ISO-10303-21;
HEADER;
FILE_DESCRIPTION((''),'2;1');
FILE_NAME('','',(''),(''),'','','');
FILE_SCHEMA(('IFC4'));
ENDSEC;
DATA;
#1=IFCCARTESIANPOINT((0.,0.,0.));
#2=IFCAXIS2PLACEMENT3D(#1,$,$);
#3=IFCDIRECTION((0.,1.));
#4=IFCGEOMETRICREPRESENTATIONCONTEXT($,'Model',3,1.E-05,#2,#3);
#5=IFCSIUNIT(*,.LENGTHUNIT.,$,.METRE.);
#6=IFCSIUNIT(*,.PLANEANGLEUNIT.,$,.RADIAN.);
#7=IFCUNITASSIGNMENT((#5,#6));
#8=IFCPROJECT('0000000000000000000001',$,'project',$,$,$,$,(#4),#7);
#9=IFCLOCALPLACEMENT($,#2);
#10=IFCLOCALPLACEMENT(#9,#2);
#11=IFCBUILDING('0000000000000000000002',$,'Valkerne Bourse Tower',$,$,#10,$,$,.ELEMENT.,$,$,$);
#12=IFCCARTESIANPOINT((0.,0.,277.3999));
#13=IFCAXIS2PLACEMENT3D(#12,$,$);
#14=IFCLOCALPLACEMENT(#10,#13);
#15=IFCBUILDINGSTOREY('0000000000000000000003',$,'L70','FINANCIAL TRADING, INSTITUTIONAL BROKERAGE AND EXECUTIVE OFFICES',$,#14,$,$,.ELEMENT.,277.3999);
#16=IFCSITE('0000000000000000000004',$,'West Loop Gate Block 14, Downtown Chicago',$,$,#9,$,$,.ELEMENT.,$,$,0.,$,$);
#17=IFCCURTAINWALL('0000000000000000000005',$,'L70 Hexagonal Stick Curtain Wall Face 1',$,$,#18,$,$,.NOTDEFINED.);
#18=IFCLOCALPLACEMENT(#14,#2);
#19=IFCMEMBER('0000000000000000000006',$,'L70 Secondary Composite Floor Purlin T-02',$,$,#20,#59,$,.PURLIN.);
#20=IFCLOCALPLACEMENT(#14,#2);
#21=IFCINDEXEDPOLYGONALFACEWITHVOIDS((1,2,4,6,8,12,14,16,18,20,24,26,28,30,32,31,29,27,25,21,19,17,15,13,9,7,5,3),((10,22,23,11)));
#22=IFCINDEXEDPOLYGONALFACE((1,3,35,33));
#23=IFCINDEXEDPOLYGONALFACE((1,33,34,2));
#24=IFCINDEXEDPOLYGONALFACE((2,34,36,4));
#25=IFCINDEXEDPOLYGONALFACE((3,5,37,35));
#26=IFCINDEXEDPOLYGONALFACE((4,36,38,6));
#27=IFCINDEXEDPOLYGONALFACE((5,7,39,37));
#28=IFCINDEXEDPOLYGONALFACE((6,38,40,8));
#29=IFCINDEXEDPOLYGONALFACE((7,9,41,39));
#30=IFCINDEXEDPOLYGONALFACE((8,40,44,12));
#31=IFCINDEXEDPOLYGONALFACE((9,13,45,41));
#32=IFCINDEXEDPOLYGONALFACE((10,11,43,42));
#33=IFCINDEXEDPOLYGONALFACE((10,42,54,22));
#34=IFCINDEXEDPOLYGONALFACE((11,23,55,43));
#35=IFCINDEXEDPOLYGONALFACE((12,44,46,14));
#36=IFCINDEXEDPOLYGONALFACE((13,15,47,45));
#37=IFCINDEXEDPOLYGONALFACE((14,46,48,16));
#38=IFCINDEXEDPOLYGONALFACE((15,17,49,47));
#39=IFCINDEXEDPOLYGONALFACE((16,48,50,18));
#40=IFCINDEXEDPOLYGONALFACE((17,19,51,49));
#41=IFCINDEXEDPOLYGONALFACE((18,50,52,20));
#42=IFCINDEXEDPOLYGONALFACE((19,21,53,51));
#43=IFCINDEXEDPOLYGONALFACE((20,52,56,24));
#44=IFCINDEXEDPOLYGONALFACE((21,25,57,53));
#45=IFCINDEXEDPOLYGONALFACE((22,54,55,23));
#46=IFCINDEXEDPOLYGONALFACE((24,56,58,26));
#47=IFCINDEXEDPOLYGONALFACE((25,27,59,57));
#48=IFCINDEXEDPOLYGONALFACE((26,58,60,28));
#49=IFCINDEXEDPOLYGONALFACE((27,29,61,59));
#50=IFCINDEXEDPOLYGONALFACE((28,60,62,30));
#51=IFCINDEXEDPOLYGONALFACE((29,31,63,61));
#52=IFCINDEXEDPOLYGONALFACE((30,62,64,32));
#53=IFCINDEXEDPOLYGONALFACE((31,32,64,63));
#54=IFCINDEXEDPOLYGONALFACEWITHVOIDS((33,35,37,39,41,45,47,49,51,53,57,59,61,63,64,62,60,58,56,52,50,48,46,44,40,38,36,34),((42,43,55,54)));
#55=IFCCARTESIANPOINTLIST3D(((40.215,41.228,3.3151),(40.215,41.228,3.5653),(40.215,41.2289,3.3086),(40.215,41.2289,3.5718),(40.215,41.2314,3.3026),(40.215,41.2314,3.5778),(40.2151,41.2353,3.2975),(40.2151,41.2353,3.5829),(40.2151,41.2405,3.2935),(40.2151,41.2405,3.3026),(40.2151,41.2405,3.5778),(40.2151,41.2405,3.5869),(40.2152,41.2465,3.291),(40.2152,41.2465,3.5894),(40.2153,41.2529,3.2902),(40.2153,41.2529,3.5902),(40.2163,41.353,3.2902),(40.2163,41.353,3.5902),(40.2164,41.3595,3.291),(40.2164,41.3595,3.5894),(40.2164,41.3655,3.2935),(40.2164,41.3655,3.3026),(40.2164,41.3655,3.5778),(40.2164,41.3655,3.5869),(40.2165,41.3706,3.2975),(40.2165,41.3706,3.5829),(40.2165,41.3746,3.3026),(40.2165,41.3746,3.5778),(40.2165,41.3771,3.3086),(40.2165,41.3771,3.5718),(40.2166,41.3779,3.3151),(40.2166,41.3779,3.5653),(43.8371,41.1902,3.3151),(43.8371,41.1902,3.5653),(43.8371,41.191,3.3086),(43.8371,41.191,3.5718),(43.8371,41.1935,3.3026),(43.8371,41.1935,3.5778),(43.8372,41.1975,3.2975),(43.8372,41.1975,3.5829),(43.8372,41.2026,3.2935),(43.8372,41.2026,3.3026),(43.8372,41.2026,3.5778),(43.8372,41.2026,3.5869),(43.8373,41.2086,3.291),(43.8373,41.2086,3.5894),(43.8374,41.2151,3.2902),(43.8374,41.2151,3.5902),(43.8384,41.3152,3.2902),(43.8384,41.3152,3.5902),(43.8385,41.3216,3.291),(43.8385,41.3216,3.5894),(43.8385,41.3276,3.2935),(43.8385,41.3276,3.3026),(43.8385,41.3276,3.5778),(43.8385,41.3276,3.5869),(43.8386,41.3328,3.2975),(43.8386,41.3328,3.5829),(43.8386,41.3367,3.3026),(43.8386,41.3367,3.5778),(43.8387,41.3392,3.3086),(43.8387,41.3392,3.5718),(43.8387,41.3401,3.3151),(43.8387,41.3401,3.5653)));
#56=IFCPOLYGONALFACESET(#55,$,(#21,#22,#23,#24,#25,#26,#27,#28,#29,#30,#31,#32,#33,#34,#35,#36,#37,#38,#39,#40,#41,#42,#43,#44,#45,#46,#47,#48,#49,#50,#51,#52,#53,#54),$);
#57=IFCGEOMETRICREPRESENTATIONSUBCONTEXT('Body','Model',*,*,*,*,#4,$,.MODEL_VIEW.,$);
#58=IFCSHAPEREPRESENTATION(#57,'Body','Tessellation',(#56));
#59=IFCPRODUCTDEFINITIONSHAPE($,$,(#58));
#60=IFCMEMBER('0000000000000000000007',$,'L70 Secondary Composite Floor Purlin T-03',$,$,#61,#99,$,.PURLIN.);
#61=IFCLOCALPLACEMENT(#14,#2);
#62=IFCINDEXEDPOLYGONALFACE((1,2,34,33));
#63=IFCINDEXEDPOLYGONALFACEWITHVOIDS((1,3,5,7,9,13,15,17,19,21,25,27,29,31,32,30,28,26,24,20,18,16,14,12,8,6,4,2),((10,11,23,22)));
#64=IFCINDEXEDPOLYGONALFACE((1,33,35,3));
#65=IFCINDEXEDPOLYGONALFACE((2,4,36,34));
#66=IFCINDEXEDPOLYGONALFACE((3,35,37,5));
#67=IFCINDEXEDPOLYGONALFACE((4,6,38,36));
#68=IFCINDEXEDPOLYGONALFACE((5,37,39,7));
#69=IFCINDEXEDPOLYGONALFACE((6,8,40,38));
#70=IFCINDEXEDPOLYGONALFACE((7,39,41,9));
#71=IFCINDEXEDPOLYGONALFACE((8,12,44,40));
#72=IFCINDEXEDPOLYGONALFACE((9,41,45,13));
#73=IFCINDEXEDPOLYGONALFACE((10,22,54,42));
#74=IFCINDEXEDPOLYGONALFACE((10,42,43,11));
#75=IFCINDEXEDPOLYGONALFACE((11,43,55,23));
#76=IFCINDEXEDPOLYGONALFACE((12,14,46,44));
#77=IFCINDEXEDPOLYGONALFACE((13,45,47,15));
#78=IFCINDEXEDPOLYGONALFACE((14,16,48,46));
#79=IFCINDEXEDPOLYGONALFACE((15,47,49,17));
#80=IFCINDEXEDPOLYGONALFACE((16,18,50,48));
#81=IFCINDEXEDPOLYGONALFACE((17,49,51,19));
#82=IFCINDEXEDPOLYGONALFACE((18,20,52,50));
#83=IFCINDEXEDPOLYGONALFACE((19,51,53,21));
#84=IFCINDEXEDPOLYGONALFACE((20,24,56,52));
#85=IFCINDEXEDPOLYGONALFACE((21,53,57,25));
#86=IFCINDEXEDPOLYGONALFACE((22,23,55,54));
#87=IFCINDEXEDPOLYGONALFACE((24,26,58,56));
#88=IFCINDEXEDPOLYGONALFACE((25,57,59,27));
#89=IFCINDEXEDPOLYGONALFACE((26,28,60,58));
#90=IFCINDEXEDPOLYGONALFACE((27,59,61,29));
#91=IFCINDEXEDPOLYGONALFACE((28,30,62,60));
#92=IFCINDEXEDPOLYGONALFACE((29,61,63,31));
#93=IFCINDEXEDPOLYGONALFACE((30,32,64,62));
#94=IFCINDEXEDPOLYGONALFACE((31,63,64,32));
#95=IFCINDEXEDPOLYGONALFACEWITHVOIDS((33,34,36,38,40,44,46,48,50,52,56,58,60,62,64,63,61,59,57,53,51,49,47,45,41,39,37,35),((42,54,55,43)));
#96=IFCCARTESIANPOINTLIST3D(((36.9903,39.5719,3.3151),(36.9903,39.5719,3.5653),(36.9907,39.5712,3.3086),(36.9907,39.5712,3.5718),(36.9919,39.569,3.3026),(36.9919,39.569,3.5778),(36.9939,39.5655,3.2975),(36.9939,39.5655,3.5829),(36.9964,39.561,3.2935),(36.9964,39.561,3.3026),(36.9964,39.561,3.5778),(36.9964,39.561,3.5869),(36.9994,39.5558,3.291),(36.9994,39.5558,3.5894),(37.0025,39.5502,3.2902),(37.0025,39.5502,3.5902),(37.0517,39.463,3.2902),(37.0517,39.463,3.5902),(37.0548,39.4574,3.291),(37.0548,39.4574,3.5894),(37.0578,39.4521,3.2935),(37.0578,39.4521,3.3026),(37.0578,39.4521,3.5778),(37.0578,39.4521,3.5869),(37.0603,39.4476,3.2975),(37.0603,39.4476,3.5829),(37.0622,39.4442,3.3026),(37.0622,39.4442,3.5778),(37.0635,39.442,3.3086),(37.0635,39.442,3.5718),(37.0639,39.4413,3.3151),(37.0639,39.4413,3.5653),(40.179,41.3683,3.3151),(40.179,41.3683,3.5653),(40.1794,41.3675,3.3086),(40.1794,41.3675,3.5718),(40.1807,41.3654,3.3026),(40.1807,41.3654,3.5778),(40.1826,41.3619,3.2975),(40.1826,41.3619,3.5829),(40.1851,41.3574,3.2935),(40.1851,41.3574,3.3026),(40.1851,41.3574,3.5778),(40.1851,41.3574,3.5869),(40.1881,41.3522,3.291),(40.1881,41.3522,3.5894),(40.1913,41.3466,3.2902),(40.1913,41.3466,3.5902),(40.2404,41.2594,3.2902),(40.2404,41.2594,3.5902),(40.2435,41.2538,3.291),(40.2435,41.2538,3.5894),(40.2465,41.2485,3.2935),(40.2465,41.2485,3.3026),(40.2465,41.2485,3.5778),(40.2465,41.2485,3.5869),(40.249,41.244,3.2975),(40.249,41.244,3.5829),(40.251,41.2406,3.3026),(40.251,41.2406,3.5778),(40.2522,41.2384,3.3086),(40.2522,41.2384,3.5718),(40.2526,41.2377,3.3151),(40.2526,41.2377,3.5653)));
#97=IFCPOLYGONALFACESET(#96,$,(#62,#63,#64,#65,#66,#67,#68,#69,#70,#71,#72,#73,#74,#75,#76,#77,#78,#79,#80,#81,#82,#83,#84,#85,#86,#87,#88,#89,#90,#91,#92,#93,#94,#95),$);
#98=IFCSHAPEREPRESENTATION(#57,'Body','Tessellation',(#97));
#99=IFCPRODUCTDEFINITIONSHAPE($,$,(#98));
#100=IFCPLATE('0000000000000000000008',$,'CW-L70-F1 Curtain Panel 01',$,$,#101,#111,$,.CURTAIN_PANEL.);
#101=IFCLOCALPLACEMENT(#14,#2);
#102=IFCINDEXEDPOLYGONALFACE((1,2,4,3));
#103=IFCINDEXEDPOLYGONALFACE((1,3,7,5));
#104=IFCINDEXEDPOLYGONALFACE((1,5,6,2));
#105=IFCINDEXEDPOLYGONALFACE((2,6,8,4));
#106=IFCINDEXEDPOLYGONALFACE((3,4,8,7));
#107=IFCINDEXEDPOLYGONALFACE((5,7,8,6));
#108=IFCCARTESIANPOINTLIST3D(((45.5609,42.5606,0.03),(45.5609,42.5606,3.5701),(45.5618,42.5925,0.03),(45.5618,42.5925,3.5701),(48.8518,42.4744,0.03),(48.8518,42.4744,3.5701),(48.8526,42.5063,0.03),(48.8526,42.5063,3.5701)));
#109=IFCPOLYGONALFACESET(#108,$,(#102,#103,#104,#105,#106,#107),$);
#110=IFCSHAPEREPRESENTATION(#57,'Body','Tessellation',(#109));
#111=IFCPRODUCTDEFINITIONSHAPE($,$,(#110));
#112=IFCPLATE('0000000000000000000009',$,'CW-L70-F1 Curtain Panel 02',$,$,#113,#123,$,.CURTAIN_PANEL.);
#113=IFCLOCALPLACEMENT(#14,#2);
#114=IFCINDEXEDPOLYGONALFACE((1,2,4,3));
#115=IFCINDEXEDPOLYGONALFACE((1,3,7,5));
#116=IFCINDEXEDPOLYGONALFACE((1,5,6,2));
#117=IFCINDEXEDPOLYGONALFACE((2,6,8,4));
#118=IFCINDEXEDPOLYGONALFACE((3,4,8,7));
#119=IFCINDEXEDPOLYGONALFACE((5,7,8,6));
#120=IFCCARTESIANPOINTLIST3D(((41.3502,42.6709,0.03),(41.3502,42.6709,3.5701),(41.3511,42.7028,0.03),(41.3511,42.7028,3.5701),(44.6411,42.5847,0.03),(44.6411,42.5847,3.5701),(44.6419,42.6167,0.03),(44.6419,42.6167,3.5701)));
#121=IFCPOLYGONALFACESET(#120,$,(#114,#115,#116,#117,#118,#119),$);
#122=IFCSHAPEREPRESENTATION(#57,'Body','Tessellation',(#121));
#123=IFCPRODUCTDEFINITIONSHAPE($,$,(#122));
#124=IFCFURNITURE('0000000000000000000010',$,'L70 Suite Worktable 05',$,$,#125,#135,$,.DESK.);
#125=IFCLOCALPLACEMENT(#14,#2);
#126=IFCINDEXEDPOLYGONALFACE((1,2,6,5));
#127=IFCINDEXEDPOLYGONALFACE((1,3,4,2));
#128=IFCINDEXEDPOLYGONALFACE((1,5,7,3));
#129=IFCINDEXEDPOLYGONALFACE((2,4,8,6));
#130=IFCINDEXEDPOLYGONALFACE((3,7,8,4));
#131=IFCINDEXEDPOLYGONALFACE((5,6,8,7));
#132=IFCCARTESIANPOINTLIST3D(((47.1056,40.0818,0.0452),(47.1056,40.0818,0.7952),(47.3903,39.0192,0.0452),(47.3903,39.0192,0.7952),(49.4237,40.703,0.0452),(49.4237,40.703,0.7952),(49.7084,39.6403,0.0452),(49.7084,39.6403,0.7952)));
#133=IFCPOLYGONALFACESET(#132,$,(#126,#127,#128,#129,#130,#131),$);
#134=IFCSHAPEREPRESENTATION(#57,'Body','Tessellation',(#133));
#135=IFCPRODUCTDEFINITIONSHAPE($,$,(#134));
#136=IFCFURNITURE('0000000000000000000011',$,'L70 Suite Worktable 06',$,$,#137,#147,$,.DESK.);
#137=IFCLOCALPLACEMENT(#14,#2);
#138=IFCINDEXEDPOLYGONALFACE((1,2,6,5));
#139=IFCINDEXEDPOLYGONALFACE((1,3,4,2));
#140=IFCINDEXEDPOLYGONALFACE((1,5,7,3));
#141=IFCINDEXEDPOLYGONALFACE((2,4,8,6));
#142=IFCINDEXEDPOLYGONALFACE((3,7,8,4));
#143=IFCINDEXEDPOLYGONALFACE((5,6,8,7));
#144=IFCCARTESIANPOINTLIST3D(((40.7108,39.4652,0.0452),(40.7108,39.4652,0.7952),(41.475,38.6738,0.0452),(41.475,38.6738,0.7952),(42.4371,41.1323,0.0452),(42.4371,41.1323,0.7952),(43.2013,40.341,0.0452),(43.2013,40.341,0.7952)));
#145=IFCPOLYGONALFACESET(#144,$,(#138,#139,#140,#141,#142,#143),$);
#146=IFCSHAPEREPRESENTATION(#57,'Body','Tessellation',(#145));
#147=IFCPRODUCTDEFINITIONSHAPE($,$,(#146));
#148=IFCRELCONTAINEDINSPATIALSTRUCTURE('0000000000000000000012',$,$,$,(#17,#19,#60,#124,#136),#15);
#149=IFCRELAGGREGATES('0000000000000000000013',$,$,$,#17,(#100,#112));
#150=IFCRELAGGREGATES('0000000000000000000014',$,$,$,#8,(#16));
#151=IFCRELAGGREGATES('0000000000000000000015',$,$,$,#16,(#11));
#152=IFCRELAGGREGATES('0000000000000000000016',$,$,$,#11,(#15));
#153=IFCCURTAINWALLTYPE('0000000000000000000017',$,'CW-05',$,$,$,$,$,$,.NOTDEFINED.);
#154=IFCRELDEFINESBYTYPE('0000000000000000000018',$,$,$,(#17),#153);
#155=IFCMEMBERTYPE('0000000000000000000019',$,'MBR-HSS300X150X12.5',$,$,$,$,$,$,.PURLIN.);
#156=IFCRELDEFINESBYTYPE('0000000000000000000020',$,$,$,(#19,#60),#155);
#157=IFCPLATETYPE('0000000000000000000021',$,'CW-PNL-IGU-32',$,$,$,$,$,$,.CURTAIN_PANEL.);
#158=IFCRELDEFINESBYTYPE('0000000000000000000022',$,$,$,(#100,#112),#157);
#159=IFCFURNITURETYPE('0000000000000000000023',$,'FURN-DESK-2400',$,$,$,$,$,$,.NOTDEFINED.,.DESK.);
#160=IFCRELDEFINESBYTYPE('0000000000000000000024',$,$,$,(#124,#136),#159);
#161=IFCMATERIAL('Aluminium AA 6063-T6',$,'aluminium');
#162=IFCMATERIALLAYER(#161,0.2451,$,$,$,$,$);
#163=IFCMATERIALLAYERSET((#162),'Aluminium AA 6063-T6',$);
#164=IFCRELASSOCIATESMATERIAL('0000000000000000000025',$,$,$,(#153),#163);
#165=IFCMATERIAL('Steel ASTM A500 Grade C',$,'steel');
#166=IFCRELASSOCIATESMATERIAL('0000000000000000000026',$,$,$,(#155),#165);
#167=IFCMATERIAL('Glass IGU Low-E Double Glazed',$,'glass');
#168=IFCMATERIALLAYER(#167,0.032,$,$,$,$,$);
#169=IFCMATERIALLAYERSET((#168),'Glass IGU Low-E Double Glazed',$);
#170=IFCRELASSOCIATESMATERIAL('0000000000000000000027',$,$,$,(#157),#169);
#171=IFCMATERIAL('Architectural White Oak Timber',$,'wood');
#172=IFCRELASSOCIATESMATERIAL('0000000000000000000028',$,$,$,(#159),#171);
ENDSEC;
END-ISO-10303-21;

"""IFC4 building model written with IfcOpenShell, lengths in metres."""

from ifc_helpers import new_model, si_unit, direction, frame, origin, origin_2d, place, context, subcontext, project, spatial, rectangle, hollow_rectangle, extrude, material, layer, layer_set, material_profile, profile_set, type_object, element, aggregate, save


model = new_model("IFC4")

# Units and contexts
model_context = context("Model", 3, precision=1e-05, world=origin(), true_north=direction((0.0, 1.0)))
body_context = subcontext(model_context, "Body", "Model", "MODEL_VIEW")
ifc_project = project(units=[si_unit("LENGTHUNIT", "METRE"), si_unit("PLANEANGLEUNIT", "RADIAN")], contexts=[model_context])

# Site, building, storey
site_placement = place(None, origin())
site = spatial("IfcSite", under=ifc_project, at=site_placement, Name="West Loop Gate Block 14, Downtown Chicago", CompositionType="ELEMENT", RefElevation=0.0)
building_placement = place(site_placement, origin())
building = spatial("IfcBuilding", under=site, at=building_placement, Name="Valkerne Bourse Tower", CompositionType="ELEMENT")
storey_placement = place(building_placement, frame((0.0, 0.0, 277.3999)))
storey = spatial("IfcBuildingStorey", under=building, at=storey_placement, Name="L70", Description="FINANCIAL TRADING, INSTITUTIONAL BROKERAGE AND EXECUTIVE OFFICES", CompositionType="ELEMENT", Elevation=277.3999)

# Curtain wall
ifc_material_1 = material(Name="Aluminium AA 6063-T6", Category="aluminium")
ifc_layer_1 = layer(ifc_material_1, 0.2451)
ifc_layer_set_1 = layer_set([ifc_layer_1], Name="Aluminium AA 6063-T6")
curtain_wall_type = type_object("IfcCurtainWallType", Name="CW-05", PredefinedType="NOTDEFINED", material=ifc_layer_set_1)
curtain_wall_placement = place(storey_placement, origin())
curtain_wall = element("IfcCurtainWall", 1, at=curtain_wall_placement, inside=storey, type_object=curtain_wall_type, Name="L70 Hexagonal Stick Curtain Wall Face 1", PredefinedType="NOTDEFINED")

# Members
ifc_material_2 = material(Name="Steel ASTM A500 Grade C", Category="steel")
ifc_material_profile_1 = material_profile(ifc_material_2, hollow_rectangle(XDim=0.1499, YDim=0.3, WallThickness=0.0125, OuterFilletRadius=0.0249, at=origin_2d()), Name="HSS300X150X12.5")
ifc_profile_set_1 = profile_set([ifc_material_profile_1], Name="Steel ASTM A500 Grade C")
member_type_1 = type_object("IfcMemberType", Name="MBR-HSS300X150X12.5", PredefinedType="PURLIN", material=ifc_profile_set_1)
member_1_placement = place(storey_placement, frame((43.8379, 41.2651, 3.4402), z_axis=(-0.999945, 0.010447, 0.0), x_axis=(-0.010447, -0.999945, 0.0)))
element("IfcMember", 2, at=member_1_placement, inside=storey, type_object=member_type_1, Name="L70 Secondary Composite Floor Purlin T-02", PredefinedType="PURLIN", context=body_context, shape_type="SweptSolid", body=[
    extrude(hollow_rectangle(XDim=0.1499, YDim=0.3, WallThickness=0.0125, OuterFilletRadius=0.0249, at=origin_2d()), origin(), (0.0, 0.0, 1.0), 3.6223),
])
member_2_placement = place(storey_placement, frame((40.2158, 41.303, 3.4402), z_axis=(-0.871256, -0.490828, 0.0), x_axis=(0.490828, -0.871256, 0.0)))
element("IfcMember", 3, at=member_2_placement, inside=storey, type_object=member_type_1, Name="L70 Secondary Composite Floor Purlin T-03", PredefinedType="PURLIN", context=body_context, shape_type="SweptSolid", body=[
    extrude(hollow_rectangle(XDim=0.1499, YDim=0.3, WallThickness=0.0125, OuterFilletRadius=0.0249, at=origin_2d()), origin(), (0.0, 0.0, 1.0), 3.6599),
])

# Plates
ifc_material_3 = material(Name="Glass IGU Low-E Double Glazed", Category="glass")
ifc_layer_2 = layer(ifc_material_3, 0.032)
ifc_layer_set_2 = layer_set([ifc_layer_2], Name="Glass IGU Low-E Double Glazed")
plate_type = type_object("IfcPlateType", Name="CW-PNL-IGU-32", PredefinedType="CURTAIN_PANEL", material=ifc_layer_set_2)
plate_1_placement = place(storey_placement, frame((47.2068, 42.5334, 0.03), z_axis=(0.0, 0.0, 1.0), x_axis=(-0.999657, 0.026187, 0.0)))
plate_1 = element("IfcPlate", 4, at=plate_1_placement, type_object=plate_type, Name="CW-L70-F1 Curtain Panel 01", PredefinedType="CURTAIN_PANEL", context=body_context, shape_type="SweptSolid", body=[
    extrude(rectangle(XDim=3.292, YDim=0.032, at=origin_2d()), origin(), (0.0, 0.0, 1.0), 3.54),
])
plate_2_placement = place(storey_placement, frame((42.9961, 42.6438, 0.03), z_axis=(0.0, 0.0, 1.0), x_axis=(-0.999658, 0.026163, 0.0)))
plate_2 = element("IfcPlate", 5, at=plate_2_placement, type_object=plate_type, Name="CW-L70-F1 Curtain Panel 02", PredefinedType="CURTAIN_PANEL", context=body_context, shape_type="SweptSolid", body=[
    extrude(rectangle(XDim=3.292, YDim=0.032, at=origin_2d()), origin(), (0.0, 0.0, 1.0), 3.54),
])
aggregate(curtain_wall, [plate_1, plate_2])

# Furniture
ifc_material_4 = material(Name="Architectural White Oak Timber", Category="wood")
furniture_type = type_object("IfcFurnitureType", Name="FURN-DESK-2400", AssemblyPlace="NOTDEFINED", PredefinedType="DESK", material=ifc_material_4)
for number, where, z_axis, x_axis, name in (
    (6, (48.407, 39.8611, 0.0452), (0.0, 0.0, 1.0), (0.965926, 0.258819, 0.0), "L70 Suite Worktable 05"),
    (7, (41.9561, 39.9031, 0.0452), (0.0, 0.0, 1.0), (0.71934, 0.694658, 0.0), "L70 Suite Worktable 06"),
):
    element("IfcFurniture", number, at=place(storey_placement, frame(where, z_axis=z_axis, x_axis=x_axis)), inside=storey, type_object=furniture_type, Name=name, PredefinedType="DESK", context=body_context, shape_type="SweptSolid", body=[
        extrude(rectangle(XDim=2.3999, YDim=1.1001, at=origin_2d()), origin(), (0.0, 0.0, 1.0), 0.75),
    ])

save(model, "model.ifc")
